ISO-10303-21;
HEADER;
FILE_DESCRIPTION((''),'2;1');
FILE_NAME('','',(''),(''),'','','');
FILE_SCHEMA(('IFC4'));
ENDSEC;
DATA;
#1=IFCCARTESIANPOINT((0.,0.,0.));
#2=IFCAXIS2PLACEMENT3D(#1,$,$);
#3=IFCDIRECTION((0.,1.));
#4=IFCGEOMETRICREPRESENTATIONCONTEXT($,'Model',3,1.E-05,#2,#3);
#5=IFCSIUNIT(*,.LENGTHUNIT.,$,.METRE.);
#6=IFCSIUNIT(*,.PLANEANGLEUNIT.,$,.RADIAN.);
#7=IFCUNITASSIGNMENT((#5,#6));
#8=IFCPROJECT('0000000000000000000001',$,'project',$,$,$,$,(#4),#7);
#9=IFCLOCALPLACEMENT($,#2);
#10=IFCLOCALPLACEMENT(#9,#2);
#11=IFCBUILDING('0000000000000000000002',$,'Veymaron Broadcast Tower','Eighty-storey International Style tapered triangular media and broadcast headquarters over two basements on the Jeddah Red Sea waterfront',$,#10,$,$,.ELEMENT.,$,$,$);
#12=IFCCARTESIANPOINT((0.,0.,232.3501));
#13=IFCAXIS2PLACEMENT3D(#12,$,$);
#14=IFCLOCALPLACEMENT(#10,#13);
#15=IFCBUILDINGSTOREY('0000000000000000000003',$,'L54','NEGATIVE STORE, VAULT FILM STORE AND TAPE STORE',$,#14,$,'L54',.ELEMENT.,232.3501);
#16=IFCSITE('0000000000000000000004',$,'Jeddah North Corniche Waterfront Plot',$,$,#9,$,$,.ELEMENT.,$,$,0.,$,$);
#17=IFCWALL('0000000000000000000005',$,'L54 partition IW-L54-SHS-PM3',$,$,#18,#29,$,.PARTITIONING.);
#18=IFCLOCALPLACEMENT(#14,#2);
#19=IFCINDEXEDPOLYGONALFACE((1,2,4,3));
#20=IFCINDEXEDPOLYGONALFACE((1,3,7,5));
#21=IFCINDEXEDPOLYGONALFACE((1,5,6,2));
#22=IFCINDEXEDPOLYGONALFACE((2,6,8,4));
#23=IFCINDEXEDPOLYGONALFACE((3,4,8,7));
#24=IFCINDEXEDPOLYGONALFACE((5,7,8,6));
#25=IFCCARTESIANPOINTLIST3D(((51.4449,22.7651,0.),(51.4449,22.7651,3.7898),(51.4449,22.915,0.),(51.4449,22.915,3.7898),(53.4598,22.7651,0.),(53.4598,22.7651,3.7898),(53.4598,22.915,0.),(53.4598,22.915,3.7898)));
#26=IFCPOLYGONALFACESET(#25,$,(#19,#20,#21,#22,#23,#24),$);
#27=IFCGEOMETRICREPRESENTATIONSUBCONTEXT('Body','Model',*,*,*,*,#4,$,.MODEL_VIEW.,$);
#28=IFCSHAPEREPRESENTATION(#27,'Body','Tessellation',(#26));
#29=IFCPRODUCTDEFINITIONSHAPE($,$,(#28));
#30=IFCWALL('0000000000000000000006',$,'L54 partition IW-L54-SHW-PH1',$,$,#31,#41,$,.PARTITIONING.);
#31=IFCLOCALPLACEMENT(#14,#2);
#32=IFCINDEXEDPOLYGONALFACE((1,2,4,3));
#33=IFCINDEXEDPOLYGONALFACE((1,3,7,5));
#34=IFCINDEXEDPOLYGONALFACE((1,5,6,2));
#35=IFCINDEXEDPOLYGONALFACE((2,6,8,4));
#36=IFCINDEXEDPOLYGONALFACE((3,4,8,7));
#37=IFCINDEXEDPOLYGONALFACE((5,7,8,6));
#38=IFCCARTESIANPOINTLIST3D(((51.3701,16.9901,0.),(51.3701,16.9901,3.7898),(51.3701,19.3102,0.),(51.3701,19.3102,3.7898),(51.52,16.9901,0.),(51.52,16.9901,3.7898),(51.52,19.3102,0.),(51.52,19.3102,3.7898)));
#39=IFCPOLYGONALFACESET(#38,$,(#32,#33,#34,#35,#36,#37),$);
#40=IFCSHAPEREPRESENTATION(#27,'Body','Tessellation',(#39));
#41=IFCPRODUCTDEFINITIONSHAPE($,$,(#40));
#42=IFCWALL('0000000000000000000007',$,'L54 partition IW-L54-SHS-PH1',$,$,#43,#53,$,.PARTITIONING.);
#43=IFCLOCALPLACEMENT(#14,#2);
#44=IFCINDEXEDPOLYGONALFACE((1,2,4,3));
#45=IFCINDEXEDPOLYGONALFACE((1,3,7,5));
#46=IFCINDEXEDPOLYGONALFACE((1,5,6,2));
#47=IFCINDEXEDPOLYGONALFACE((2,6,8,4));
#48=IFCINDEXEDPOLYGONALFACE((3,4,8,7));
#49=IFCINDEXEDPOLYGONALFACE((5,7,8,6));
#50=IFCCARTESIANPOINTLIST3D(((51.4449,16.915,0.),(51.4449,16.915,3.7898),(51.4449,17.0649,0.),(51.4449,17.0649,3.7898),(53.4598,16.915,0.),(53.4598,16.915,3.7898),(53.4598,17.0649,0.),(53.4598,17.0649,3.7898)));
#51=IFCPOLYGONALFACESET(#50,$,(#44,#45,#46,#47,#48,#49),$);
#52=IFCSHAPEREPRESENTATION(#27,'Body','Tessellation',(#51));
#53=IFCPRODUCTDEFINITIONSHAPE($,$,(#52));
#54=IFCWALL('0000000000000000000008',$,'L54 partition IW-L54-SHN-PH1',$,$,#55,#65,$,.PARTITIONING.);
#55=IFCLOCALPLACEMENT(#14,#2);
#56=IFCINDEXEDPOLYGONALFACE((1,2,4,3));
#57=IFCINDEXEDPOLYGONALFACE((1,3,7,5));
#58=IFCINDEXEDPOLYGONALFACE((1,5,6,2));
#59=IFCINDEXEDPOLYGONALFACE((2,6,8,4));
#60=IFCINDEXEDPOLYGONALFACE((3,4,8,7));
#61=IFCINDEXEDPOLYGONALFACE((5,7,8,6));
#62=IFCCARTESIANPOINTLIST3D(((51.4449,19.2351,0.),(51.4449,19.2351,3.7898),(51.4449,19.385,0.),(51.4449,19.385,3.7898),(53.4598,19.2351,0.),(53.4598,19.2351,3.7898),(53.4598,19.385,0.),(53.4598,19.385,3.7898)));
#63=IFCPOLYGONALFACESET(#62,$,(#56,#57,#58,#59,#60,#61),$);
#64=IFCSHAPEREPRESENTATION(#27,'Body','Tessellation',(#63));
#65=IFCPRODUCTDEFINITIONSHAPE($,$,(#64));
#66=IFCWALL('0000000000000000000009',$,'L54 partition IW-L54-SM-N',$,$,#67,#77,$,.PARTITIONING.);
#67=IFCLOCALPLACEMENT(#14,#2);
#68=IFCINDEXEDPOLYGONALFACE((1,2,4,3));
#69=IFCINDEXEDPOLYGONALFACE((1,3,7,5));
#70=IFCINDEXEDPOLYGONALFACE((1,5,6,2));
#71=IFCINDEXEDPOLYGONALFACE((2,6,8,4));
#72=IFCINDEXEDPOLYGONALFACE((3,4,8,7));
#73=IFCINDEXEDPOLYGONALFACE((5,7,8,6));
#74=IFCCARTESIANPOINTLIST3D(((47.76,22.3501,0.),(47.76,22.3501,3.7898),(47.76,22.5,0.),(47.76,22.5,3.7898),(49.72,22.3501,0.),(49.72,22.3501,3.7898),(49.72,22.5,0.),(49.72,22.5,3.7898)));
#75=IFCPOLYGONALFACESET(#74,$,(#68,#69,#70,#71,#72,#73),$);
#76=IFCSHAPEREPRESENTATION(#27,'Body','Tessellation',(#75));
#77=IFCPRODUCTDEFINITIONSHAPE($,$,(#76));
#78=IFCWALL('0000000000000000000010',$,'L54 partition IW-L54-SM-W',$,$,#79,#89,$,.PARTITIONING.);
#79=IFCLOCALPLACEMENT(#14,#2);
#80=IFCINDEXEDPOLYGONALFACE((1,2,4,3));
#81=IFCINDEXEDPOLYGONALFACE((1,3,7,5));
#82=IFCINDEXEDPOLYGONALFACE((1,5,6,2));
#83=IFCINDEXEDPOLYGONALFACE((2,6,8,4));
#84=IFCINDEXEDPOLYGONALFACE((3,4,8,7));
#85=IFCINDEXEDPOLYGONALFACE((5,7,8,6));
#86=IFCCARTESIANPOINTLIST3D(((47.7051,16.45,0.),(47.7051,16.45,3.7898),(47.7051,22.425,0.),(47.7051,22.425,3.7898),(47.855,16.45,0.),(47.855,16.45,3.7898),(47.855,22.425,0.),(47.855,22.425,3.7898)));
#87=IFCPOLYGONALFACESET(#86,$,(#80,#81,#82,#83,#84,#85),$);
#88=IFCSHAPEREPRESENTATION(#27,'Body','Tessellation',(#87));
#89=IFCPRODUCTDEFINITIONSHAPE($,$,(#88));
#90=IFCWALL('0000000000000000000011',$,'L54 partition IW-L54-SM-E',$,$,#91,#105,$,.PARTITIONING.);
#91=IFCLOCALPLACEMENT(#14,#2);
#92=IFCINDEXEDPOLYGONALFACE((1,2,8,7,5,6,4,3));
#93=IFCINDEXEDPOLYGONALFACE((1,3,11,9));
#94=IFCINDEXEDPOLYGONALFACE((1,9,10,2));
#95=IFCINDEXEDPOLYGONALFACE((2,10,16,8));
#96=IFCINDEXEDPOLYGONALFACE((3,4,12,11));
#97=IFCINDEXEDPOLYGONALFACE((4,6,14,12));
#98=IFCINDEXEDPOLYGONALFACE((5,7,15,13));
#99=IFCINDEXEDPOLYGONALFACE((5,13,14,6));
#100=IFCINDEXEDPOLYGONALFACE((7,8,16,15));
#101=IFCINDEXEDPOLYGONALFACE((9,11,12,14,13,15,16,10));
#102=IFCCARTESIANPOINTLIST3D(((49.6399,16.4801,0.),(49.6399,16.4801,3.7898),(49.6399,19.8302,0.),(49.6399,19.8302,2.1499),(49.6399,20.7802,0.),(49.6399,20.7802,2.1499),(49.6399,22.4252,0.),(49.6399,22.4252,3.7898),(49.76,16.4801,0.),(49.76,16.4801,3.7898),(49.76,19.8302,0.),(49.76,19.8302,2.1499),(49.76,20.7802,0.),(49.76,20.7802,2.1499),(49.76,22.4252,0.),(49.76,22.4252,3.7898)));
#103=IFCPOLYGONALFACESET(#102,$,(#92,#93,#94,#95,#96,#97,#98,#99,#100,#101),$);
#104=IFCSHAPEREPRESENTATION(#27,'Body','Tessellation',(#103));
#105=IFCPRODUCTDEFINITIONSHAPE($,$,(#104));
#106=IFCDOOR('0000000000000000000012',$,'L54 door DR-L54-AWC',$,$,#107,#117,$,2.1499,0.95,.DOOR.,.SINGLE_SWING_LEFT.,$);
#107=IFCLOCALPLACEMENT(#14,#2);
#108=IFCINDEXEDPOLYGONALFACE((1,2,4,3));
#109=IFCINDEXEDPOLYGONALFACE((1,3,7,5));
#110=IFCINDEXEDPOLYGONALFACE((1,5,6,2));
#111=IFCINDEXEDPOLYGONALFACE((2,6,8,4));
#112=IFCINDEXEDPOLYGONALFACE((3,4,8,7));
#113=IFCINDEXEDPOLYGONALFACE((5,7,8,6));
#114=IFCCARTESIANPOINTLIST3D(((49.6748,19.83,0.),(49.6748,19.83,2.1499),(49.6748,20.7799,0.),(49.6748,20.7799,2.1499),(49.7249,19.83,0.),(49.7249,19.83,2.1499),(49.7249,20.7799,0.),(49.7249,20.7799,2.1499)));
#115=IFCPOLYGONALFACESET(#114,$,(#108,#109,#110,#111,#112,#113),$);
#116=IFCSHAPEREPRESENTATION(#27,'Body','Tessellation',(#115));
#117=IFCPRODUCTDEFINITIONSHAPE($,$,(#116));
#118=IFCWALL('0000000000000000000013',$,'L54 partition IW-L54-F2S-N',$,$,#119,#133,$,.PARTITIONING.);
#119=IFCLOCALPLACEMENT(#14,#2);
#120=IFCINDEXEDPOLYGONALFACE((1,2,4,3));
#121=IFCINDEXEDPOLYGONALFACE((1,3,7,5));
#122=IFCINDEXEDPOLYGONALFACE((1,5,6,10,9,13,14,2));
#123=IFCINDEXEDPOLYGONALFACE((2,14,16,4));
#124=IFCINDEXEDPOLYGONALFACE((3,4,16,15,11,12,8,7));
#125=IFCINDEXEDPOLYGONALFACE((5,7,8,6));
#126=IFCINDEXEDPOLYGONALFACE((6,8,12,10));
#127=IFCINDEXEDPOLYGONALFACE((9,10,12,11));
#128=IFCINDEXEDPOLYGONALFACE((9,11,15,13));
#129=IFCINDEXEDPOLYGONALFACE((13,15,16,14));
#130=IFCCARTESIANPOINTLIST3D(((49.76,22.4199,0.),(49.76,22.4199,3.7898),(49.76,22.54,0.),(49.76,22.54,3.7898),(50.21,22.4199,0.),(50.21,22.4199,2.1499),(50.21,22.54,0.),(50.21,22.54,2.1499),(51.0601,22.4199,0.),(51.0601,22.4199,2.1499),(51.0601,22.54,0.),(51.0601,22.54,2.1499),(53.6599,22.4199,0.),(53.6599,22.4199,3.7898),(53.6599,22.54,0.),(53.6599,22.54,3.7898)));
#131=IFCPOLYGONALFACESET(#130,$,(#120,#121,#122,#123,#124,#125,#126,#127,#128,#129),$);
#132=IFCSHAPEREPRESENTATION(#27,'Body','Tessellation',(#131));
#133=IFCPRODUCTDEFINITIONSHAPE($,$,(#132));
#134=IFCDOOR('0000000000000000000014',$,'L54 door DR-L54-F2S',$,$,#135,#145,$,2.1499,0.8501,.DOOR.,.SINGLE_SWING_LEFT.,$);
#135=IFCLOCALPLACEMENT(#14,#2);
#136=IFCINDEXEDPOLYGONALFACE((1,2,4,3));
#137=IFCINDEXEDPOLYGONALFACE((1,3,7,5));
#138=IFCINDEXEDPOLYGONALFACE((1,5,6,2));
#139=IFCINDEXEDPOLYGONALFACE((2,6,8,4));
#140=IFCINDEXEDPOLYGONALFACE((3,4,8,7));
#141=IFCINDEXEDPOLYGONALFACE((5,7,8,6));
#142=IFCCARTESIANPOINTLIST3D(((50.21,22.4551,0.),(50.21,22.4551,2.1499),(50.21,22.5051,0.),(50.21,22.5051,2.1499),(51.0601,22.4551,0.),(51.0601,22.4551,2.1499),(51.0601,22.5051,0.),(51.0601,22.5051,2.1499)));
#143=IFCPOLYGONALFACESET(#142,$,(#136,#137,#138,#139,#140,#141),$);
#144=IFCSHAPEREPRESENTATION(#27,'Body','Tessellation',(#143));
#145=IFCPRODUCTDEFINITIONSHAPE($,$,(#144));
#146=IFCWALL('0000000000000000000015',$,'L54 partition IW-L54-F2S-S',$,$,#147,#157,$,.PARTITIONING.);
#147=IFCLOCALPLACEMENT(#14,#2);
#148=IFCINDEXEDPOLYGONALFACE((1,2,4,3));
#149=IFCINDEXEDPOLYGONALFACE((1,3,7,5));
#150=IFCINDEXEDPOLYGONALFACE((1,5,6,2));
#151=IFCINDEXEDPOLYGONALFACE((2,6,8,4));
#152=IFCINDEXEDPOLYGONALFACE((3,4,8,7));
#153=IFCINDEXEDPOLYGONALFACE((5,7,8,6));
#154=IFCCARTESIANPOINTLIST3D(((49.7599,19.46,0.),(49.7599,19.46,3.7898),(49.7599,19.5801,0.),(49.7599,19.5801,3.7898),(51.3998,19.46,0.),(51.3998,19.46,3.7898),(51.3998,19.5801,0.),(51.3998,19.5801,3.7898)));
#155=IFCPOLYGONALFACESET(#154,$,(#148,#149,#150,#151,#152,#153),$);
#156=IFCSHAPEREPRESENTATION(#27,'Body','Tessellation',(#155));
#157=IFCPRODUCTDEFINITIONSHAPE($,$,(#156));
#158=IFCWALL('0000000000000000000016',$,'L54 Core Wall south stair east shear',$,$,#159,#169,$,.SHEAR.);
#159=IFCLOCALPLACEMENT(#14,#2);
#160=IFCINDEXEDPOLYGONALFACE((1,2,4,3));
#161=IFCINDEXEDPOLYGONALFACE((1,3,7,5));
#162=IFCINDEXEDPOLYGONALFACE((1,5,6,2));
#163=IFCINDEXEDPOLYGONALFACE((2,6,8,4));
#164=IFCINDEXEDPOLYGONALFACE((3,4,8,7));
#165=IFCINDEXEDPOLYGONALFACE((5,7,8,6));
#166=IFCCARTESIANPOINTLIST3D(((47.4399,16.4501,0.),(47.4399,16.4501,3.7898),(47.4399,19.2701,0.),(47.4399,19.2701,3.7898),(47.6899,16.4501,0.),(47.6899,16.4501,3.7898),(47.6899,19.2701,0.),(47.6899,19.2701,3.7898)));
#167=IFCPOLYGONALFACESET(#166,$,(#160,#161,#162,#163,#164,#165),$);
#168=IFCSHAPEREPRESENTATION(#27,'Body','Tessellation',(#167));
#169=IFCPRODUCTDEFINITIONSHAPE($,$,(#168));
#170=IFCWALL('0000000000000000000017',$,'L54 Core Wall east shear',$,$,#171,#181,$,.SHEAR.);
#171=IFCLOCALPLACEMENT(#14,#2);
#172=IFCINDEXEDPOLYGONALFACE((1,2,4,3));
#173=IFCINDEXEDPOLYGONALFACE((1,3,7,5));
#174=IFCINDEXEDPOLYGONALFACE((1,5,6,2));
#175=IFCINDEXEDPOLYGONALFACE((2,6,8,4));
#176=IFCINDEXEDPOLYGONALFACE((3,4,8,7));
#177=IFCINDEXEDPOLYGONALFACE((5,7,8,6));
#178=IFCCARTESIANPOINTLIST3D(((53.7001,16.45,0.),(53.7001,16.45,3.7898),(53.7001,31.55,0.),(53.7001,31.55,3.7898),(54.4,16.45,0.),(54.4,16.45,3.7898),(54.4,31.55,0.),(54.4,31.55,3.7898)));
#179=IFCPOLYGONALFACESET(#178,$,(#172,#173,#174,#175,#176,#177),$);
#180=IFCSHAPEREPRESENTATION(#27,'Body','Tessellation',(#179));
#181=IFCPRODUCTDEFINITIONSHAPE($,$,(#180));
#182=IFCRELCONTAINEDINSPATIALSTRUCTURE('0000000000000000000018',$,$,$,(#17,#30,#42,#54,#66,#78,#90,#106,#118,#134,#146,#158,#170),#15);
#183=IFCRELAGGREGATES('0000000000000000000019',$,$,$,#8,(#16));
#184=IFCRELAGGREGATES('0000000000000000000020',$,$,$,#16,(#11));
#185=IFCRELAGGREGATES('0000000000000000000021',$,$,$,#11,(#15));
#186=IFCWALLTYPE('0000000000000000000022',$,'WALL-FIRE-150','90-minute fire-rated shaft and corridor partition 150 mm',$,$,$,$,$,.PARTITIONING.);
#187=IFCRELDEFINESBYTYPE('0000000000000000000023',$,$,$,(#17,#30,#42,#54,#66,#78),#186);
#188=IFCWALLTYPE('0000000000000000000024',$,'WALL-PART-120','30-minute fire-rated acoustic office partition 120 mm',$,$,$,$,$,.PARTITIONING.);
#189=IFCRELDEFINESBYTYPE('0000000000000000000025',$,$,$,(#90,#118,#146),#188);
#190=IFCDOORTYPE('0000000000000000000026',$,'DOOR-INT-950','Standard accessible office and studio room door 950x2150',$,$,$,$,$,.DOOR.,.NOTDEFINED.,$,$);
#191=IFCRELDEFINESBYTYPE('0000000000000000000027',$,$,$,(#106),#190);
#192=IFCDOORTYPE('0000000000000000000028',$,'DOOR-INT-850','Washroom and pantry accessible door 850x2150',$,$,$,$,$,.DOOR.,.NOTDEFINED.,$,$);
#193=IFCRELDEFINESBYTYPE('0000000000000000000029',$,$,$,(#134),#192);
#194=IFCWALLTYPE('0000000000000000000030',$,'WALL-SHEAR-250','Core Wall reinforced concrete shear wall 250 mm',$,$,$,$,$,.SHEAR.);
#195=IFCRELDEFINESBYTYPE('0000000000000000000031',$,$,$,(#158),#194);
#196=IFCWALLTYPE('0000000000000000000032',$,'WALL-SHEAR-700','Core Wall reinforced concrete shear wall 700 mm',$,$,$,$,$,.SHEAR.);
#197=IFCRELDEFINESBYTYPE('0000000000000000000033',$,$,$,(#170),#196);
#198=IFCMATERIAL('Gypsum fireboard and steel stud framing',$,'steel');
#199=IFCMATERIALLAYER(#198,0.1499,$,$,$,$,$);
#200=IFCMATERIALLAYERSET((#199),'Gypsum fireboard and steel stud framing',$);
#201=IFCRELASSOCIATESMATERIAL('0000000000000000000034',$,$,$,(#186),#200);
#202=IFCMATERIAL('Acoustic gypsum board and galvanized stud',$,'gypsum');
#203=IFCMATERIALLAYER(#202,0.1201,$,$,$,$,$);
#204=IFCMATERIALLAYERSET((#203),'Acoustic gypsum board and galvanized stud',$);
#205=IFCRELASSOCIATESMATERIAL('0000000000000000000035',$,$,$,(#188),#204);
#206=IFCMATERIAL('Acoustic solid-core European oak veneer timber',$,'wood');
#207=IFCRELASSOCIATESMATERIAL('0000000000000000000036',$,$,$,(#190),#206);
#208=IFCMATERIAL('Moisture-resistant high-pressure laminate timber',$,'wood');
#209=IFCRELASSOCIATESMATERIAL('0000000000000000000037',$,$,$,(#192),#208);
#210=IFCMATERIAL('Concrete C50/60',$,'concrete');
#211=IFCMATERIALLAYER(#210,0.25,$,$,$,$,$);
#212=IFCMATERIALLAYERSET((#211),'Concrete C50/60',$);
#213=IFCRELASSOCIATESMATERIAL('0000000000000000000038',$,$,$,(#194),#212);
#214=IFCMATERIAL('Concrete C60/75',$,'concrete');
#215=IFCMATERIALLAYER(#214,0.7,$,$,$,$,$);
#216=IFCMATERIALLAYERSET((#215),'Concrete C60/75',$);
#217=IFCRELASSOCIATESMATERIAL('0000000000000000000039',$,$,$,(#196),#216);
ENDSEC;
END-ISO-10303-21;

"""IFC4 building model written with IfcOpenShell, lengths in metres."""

from ifc_helpers import new_model, si_unit, direction, frame, frame_2d, origin, place, context, subcontext, project, spatial, rectangle, extrude, material, layer, layer_set, type_object, element, fill, save


model = new_model("IFC4")

# Units and contexts
model_context = context("Model", 3, precision=1e-05, world=origin(), true_north=direction((0.0, 1.0)))
body_context = subcontext(model_context, "Body", "Model", "MODEL_VIEW")
ifc_project = project(units=[si_unit("LENGTHUNIT", "METRE"), si_unit("PLANEANGLEUNIT", "RADIAN")], contexts=[model_context])

# Site, building, storey
site_placement = place(None, origin())
site = spatial("IfcSite", under=ifc_project, at=site_placement, Name="Jeddah North Corniche Waterfront Plot", CompositionType="ELEMENT", RefElevation=0.0)
building_placement = place(site_placement, origin())
building = spatial("IfcBuilding", under=site, at=building_placement, Name="Veymaron Broadcast Tower", Description="Eighty-storey International Style tapered triangular media and broadcast headquarters over two basements on the Jeddah Red Sea waterfront", CompositionType="ELEMENT")
storey_placement = place(building_placement, frame((0.0, 0.0, 232.3501)))
storey = spatial("IfcBuildingStorey", under=building, at=storey_placement, Name="L54", Description="NEGATIVE STORE, VAULT FILM STORE AND TAPE STORE", LongName="L54", CompositionType="ELEMENT", Elevation=232.3501)

# Shared definitions
ifc_material_1 = material(Name="Gypsum fireboard and steel stud framing", Category="steel")
ifc_layer_1 = layer(ifc_material_1, 0.1499)
ifc_layer_set_1 = layer_set([ifc_layer_1], Name="Gypsum fireboard and steel stud framing")
wall_type_1 = type_object("IfcWallType", Name="WALL-FIRE-150", Description="90-minute fire-rated shaft and corridor partition 150 mm", PredefinedType="PARTITIONING", material=ifc_layer_set_1)

# Walls
wall_1_placement = place(storey_placement, frame((51.4451, 22.8401, 0.0), z_axis=(0.0, 0.0, 1.0), x_axis=(1.0, 0.0, 0.0)))
element("IfcWall", 1, at=wall_1_placement, inside=storey, type_object=wall_type_1, Name="L54 partition IW-L54-SHS-PM3", PredefinedType="PARTITIONING", context=body_context, shape_type="SweptSolid", body=[
    extrude(rectangle(XDim=2.0149, YDim=0.1499, at=frame_2d((1.0073, 0.0))), origin(), (0.0, 0.0, 1.0), 3.7898),
])
wall_2_placement = place(storey_placement, frame((51.4451, 16.99, 0.0), z_axis=(0.0, 0.0, 1.0), x_axis=(0.0, 1.0, 0.0)))
element("IfcWall", 2, at=wall_2_placement, inside=storey, type_object=wall_type_1, Name="L54 partition IW-L54-SHW-PH1", PredefinedType="PARTITIONING", context=body_context, shape_type="SweptSolid", body=[
    extrude(rectangle(XDim=2.3201, YDim=0.1499, at=frame_2d((1.1602, 0.0))), origin(), (0.0, 0.0, 1.0), 3.7898),
])
for number, where, z_axis, x_axis, name in (
    (3, (51.4451, 16.99, 0.0), (0.0, 0.0, 1.0), (1.0, 0.0, 0.0), "L54 partition IW-L54-SHS-PH1"),
    (4, (51.4451, 19.3101, 0.0), (0.0, 0.0, 1.0), (1.0, 0.0, 0.0), "L54 partition IW-L54-SHN-PH1"),
):
    element("IfcWall", number, at=place(storey_placement, frame(where, z_axis=z_axis, x_axis=x_axis)), inside=storey, type_object=wall_type_1, Name=name, PredefinedType="PARTITIONING", context=body_context, shape_type="SweptSolid", body=[
        extrude(rectangle(XDim=2.0149, YDim=0.1499, at=frame_2d((1.0073, 0.0))), origin(), (0.0, 0.0, 1.0), 3.7898),
    ])

# Walls
wall_3_placement = place(storey_placement, frame((47.76, 22.425, 0.0), z_axis=(0.0, 0.0, 1.0), x_axis=(1.0, 0.0, 0.0)))
element("IfcWall", 5, at=wall_3_placement, inside=storey, type_object=wall_type_1, Name="L54 partition IW-L54-SM-N", PredefinedType="PARTITIONING", context=body_context, shape_type="SweptSolid", body=[
    extrude(rectangle(XDim=1.96, YDim=0.1499, at=frame_2d((0.98, 0.0))), origin(), (0.0, 0.0, 1.0), 3.7898),
])
wall_4_placement = place(storey_placement, frame((47.78, 16.45, 0.0), z_axis=(0.0, 0.0, 1.0), x_axis=(0.0, 1.0, 0.0)))
element("IfcWall", 6, at=wall_4_placement, inside=storey, type_object=wall_type_1, Name="L54 partition IW-L54-SM-W", PredefinedType="PARTITIONING", context=body_context, shape_type="SweptSolid", body=[
    extrude(rectangle(XDim=5.9751, YDim=0.1499, at=frame_2d((2.9875, 0.0))), origin(), (0.0, 0.0, 1.0), 3.7898),
])

# Walls, openings, doors
ifc_material_2 = material(Name="Acoustic gypsum board and galvanized stud", Category="gypsum")
ifc_layer_2 = layer(ifc_material_2, 0.1201)
ifc_layer_set_2 = layer_set([ifc_layer_2], Name="Acoustic gypsum board and galvanized stud")
wall_type_2 = type_object("IfcWallType", Name="WALL-PART-120", Description="30-minute fire-rated acoustic office partition 120 mm", PredefinedType="PARTITIONING", material=ifc_layer_set_2)
wall_5_placement = place(storey_placement, frame((49.7, 16.48, 0.0), z_axis=(0.0, 0.0, 1.0), x_axis=(0.0, 1.0, 0.0)))
wall_5 = element("IfcWall", 7, at=wall_5_placement, inside=storey, type_object=wall_type_2, Name="L54 partition IW-L54-SM-E", PredefinedType="PARTITIONING", context=body_context, shape_type="SweptSolid", body=[
    extrude(rectangle(XDim=5.9451, YDim=0.1201, at=frame_2d((2.9727, 0.0))), origin(), (0.0, 0.0, 1.0), 3.7898),
])
opening_1_placement = place(wall_5_placement, frame((3.3501, 0.0, 0.0)))
opening_1 = element("IfcOpeningElement", 8, at=opening_1_placement, cuts=wall_5, PredefinedType="OPENING", context=body_context, shape_type="SweptSolid", body=[
    extrude(rectangle(XDim=0.95, YDim=2.1499, at=frame_2d((0.4751, 1.075))), frame((0.0, 0.0701, 0.0), z_axis=(0.0, -1.0, 0.0), x_axis=(1.0, 0.0, 0.0)), (0.0, 0.0, 1.0), 0.1401),
])
ifc_material_3 = material(Name="Acoustic solid-core European oak veneer timber", Category="wood")
door_type_1 = type_object("IfcDoorType", Name="DOOR-INT-950", Description="Standard accessible office and studio room door 950x2150", OperationType="NOTDEFINED", PredefinedType="DOOR", material=ifc_material_3)
door_1_placement = place(opening_1_placement, frame((0.95, 0.0, 0.0), z_axis=(0.0, 0.0, 1.0), x_axis=(-1.0, 0.0, 0.0)))
door_1 = element("IfcDoor", 9, at=door_1_placement, inside=storey, type_object=door_type_1, Name="L54 door DR-L54-AWC", OperationType="SINGLE_SWING_LEFT", OverallHeight=2.1499, OverallWidth=0.95, PredefinedType="DOOR", context=body_context, shape_type="SweptSolid", body=[
    extrude(rectangle(XDim=0.95, YDim=2.1499, at=frame_2d((0.4751, 1.075))), frame((0.0, 0.0249, 0.0), z_axis=(0.0, -1.0, 0.0), x_axis=(1.0, 0.0, 0.0)), (0.0, 0.0, 1.0), 0.05),
])
fill(opening_1, door_1)
wall_6_placement = place(storey_placement, frame((49.76, 22.48, 0.0), z_axis=(0.0, 0.0, 1.0), x_axis=(1.0, 0.0, 0.0)))
wall_6 = element("IfcWall", 10, at=wall_6_placement, inside=storey, type_object=wall_type_2, Name="L54 partition IW-L54-F2S-N", PredefinedType="PARTITIONING", context=body_context, shape_type="SweptSolid", body=[
    extrude(rectangle(XDim=3.8999, YDim=0.1201, at=frame_2d((1.95, 0.0))), origin(), (0.0, 0.0, 1.0), 3.7898),
])
opening_2_placement = place(wall_6_placement, frame((0.45, 0.0, 0.0)))
opening_2 = element("IfcOpeningElement", 11, at=opening_2_placement, cuts=wall_6, PredefinedType="OPENING", context=body_context, shape_type="SweptSolid", body=[
    extrude(rectangle(XDim=0.8501, YDim=2.1499, at=frame_2d((0.425, 1.075))), frame((0.0, 0.0701, 0.0), z_axis=(0.0, -1.0, 0.0), x_axis=(1.0, 0.0, 0.0)), (0.0, 0.0, 1.0), 0.1401),
])
ifc_material_4 = material(Name="Moisture-resistant high-pressure laminate timber", Category="wood")
door_type_2 = type_object("IfcDoorType", Name="DOOR-INT-850", Description="Washroom and pantry accessible door 850x2150", OperationType="NOTDEFINED", PredefinedType="DOOR", material=ifc_material_4)
door_2_placement = place(opening_2_placement, frame((0.8501, 0.0, 0.0), z_axis=(0.0, 0.0, 1.0), x_axis=(-1.0, 0.0, 0.0)))
door_2 = element("IfcDoor", 12, at=door_2_placement, inside=storey, type_object=door_type_2, Name="L54 door DR-L54-F2S", OperationType="SINGLE_SWING_LEFT", OverallHeight=2.1499, OverallWidth=0.8501, PredefinedType="DOOR", context=body_context, shape_type="SweptSolid", body=[
    extrude(rectangle(XDim=0.8501, YDim=2.1499, at=frame_2d((0.425, 1.075))), frame((0.0, 0.0249, 0.0), z_axis=(0.0, -1.0, 0.0), x_axis=(1.0, 0.0, 0.0)), (0.0, 0.0, 1.0), 0.05),
])
fill(opening_2, door_2)

# Walls
wall_7_placement = place(storey_placement, frame((49.76, 19.52, 0.0), z_axis=(0.0, 0.0, 1.0), x_axis=(1.0, 0.0, 0.0)))
element("IfcWall", 13, at=wall_7_placement, inside=storey, type_object=wall_type_2, Name="L54 partition IW-L54-F2S-S", PredefinedType="PARTITIONING", context=body_context, shape_type="SweptSolid", body=[
    extrude(rectangle(XDim=1.6399, YDim=0.1201, at=frame_2d((0.8198, 0.0))), origin(), (0.0, 0.0, 1.0), 3.7898),
])
ifc_material_5 = material(Name="Concrete C50/60", Category="concrete")
ifc_layer_3 = layer(ifc_material_5, 0.25)
ifc_layer_set_3 = layer_set([ifc_layer_3], Name="Concrete C50/60")
wall_type_3 = type_object("IfcWallType", Name="WALL-SHEAR-250", Description="Core Wall reinforced concrete shear wall 250 mm", PredefinedType="SHEAR", material=ifc_layer_set_3)
wall_8_placement = place(storey_placement, frame((47.5649, 16.45, 0.0), z_axis=(0.0, 0.0, 1.0), x_axis=(0.0, 1.0, 0.0)))
element("IfcWall", 14, at=wall_8_placement, inside=storey, type_object=wall_type_3, Name="L54 Core Wall south stair east shear", PredefinedType="SHEAR", context=body_context, shape_type="SweptSolid", body=[
    extrude(rectangle(XDim=2.8201, YDim=0.25, at=frame_2d((1.4102, 0.0))), origin(), (0.0, 0.0, 1.0), 3.7898),
])
ifc_material_6 = material(Name="Concrete C60/75", Category="concrete")
ifc_layer_4 = layer(ifc_material_6, 0.7)
ifc_layer_set_4 = layer_set([ifc_layer_4], Name="Concrete C60/75")
wall_type_4 = type_object("IfcWallType", Name="WALL-SHEAR-700", Description="Core Wall reinforced concrete shear wall 700 mm", PredefinedType="SHEAR", material=ifc_layer_set_4)
wall_9_placement = place(storey_placement, frame((54.05, 16.45, 0.0), z_axis=(0.0, 0.0, 1.0), x_axis=(0.0, 1.0, 0.0)))
element("IfcWall", 15, at=wall_9_placement, inside=storey, type_object=wall_type_4, Name="L54 Core Wall east shear", PredefinedType="SHEAR", context=body_context, shape_type="SweptSolid", body=[
    extrude(rectangle(XDim=15.1001, YDim=0.7, at=frame_2d((7.55, 0.0))), origin(), (0.0, 0.0, 1.0), 3.7898),
])

save(model, "model.ifc")
